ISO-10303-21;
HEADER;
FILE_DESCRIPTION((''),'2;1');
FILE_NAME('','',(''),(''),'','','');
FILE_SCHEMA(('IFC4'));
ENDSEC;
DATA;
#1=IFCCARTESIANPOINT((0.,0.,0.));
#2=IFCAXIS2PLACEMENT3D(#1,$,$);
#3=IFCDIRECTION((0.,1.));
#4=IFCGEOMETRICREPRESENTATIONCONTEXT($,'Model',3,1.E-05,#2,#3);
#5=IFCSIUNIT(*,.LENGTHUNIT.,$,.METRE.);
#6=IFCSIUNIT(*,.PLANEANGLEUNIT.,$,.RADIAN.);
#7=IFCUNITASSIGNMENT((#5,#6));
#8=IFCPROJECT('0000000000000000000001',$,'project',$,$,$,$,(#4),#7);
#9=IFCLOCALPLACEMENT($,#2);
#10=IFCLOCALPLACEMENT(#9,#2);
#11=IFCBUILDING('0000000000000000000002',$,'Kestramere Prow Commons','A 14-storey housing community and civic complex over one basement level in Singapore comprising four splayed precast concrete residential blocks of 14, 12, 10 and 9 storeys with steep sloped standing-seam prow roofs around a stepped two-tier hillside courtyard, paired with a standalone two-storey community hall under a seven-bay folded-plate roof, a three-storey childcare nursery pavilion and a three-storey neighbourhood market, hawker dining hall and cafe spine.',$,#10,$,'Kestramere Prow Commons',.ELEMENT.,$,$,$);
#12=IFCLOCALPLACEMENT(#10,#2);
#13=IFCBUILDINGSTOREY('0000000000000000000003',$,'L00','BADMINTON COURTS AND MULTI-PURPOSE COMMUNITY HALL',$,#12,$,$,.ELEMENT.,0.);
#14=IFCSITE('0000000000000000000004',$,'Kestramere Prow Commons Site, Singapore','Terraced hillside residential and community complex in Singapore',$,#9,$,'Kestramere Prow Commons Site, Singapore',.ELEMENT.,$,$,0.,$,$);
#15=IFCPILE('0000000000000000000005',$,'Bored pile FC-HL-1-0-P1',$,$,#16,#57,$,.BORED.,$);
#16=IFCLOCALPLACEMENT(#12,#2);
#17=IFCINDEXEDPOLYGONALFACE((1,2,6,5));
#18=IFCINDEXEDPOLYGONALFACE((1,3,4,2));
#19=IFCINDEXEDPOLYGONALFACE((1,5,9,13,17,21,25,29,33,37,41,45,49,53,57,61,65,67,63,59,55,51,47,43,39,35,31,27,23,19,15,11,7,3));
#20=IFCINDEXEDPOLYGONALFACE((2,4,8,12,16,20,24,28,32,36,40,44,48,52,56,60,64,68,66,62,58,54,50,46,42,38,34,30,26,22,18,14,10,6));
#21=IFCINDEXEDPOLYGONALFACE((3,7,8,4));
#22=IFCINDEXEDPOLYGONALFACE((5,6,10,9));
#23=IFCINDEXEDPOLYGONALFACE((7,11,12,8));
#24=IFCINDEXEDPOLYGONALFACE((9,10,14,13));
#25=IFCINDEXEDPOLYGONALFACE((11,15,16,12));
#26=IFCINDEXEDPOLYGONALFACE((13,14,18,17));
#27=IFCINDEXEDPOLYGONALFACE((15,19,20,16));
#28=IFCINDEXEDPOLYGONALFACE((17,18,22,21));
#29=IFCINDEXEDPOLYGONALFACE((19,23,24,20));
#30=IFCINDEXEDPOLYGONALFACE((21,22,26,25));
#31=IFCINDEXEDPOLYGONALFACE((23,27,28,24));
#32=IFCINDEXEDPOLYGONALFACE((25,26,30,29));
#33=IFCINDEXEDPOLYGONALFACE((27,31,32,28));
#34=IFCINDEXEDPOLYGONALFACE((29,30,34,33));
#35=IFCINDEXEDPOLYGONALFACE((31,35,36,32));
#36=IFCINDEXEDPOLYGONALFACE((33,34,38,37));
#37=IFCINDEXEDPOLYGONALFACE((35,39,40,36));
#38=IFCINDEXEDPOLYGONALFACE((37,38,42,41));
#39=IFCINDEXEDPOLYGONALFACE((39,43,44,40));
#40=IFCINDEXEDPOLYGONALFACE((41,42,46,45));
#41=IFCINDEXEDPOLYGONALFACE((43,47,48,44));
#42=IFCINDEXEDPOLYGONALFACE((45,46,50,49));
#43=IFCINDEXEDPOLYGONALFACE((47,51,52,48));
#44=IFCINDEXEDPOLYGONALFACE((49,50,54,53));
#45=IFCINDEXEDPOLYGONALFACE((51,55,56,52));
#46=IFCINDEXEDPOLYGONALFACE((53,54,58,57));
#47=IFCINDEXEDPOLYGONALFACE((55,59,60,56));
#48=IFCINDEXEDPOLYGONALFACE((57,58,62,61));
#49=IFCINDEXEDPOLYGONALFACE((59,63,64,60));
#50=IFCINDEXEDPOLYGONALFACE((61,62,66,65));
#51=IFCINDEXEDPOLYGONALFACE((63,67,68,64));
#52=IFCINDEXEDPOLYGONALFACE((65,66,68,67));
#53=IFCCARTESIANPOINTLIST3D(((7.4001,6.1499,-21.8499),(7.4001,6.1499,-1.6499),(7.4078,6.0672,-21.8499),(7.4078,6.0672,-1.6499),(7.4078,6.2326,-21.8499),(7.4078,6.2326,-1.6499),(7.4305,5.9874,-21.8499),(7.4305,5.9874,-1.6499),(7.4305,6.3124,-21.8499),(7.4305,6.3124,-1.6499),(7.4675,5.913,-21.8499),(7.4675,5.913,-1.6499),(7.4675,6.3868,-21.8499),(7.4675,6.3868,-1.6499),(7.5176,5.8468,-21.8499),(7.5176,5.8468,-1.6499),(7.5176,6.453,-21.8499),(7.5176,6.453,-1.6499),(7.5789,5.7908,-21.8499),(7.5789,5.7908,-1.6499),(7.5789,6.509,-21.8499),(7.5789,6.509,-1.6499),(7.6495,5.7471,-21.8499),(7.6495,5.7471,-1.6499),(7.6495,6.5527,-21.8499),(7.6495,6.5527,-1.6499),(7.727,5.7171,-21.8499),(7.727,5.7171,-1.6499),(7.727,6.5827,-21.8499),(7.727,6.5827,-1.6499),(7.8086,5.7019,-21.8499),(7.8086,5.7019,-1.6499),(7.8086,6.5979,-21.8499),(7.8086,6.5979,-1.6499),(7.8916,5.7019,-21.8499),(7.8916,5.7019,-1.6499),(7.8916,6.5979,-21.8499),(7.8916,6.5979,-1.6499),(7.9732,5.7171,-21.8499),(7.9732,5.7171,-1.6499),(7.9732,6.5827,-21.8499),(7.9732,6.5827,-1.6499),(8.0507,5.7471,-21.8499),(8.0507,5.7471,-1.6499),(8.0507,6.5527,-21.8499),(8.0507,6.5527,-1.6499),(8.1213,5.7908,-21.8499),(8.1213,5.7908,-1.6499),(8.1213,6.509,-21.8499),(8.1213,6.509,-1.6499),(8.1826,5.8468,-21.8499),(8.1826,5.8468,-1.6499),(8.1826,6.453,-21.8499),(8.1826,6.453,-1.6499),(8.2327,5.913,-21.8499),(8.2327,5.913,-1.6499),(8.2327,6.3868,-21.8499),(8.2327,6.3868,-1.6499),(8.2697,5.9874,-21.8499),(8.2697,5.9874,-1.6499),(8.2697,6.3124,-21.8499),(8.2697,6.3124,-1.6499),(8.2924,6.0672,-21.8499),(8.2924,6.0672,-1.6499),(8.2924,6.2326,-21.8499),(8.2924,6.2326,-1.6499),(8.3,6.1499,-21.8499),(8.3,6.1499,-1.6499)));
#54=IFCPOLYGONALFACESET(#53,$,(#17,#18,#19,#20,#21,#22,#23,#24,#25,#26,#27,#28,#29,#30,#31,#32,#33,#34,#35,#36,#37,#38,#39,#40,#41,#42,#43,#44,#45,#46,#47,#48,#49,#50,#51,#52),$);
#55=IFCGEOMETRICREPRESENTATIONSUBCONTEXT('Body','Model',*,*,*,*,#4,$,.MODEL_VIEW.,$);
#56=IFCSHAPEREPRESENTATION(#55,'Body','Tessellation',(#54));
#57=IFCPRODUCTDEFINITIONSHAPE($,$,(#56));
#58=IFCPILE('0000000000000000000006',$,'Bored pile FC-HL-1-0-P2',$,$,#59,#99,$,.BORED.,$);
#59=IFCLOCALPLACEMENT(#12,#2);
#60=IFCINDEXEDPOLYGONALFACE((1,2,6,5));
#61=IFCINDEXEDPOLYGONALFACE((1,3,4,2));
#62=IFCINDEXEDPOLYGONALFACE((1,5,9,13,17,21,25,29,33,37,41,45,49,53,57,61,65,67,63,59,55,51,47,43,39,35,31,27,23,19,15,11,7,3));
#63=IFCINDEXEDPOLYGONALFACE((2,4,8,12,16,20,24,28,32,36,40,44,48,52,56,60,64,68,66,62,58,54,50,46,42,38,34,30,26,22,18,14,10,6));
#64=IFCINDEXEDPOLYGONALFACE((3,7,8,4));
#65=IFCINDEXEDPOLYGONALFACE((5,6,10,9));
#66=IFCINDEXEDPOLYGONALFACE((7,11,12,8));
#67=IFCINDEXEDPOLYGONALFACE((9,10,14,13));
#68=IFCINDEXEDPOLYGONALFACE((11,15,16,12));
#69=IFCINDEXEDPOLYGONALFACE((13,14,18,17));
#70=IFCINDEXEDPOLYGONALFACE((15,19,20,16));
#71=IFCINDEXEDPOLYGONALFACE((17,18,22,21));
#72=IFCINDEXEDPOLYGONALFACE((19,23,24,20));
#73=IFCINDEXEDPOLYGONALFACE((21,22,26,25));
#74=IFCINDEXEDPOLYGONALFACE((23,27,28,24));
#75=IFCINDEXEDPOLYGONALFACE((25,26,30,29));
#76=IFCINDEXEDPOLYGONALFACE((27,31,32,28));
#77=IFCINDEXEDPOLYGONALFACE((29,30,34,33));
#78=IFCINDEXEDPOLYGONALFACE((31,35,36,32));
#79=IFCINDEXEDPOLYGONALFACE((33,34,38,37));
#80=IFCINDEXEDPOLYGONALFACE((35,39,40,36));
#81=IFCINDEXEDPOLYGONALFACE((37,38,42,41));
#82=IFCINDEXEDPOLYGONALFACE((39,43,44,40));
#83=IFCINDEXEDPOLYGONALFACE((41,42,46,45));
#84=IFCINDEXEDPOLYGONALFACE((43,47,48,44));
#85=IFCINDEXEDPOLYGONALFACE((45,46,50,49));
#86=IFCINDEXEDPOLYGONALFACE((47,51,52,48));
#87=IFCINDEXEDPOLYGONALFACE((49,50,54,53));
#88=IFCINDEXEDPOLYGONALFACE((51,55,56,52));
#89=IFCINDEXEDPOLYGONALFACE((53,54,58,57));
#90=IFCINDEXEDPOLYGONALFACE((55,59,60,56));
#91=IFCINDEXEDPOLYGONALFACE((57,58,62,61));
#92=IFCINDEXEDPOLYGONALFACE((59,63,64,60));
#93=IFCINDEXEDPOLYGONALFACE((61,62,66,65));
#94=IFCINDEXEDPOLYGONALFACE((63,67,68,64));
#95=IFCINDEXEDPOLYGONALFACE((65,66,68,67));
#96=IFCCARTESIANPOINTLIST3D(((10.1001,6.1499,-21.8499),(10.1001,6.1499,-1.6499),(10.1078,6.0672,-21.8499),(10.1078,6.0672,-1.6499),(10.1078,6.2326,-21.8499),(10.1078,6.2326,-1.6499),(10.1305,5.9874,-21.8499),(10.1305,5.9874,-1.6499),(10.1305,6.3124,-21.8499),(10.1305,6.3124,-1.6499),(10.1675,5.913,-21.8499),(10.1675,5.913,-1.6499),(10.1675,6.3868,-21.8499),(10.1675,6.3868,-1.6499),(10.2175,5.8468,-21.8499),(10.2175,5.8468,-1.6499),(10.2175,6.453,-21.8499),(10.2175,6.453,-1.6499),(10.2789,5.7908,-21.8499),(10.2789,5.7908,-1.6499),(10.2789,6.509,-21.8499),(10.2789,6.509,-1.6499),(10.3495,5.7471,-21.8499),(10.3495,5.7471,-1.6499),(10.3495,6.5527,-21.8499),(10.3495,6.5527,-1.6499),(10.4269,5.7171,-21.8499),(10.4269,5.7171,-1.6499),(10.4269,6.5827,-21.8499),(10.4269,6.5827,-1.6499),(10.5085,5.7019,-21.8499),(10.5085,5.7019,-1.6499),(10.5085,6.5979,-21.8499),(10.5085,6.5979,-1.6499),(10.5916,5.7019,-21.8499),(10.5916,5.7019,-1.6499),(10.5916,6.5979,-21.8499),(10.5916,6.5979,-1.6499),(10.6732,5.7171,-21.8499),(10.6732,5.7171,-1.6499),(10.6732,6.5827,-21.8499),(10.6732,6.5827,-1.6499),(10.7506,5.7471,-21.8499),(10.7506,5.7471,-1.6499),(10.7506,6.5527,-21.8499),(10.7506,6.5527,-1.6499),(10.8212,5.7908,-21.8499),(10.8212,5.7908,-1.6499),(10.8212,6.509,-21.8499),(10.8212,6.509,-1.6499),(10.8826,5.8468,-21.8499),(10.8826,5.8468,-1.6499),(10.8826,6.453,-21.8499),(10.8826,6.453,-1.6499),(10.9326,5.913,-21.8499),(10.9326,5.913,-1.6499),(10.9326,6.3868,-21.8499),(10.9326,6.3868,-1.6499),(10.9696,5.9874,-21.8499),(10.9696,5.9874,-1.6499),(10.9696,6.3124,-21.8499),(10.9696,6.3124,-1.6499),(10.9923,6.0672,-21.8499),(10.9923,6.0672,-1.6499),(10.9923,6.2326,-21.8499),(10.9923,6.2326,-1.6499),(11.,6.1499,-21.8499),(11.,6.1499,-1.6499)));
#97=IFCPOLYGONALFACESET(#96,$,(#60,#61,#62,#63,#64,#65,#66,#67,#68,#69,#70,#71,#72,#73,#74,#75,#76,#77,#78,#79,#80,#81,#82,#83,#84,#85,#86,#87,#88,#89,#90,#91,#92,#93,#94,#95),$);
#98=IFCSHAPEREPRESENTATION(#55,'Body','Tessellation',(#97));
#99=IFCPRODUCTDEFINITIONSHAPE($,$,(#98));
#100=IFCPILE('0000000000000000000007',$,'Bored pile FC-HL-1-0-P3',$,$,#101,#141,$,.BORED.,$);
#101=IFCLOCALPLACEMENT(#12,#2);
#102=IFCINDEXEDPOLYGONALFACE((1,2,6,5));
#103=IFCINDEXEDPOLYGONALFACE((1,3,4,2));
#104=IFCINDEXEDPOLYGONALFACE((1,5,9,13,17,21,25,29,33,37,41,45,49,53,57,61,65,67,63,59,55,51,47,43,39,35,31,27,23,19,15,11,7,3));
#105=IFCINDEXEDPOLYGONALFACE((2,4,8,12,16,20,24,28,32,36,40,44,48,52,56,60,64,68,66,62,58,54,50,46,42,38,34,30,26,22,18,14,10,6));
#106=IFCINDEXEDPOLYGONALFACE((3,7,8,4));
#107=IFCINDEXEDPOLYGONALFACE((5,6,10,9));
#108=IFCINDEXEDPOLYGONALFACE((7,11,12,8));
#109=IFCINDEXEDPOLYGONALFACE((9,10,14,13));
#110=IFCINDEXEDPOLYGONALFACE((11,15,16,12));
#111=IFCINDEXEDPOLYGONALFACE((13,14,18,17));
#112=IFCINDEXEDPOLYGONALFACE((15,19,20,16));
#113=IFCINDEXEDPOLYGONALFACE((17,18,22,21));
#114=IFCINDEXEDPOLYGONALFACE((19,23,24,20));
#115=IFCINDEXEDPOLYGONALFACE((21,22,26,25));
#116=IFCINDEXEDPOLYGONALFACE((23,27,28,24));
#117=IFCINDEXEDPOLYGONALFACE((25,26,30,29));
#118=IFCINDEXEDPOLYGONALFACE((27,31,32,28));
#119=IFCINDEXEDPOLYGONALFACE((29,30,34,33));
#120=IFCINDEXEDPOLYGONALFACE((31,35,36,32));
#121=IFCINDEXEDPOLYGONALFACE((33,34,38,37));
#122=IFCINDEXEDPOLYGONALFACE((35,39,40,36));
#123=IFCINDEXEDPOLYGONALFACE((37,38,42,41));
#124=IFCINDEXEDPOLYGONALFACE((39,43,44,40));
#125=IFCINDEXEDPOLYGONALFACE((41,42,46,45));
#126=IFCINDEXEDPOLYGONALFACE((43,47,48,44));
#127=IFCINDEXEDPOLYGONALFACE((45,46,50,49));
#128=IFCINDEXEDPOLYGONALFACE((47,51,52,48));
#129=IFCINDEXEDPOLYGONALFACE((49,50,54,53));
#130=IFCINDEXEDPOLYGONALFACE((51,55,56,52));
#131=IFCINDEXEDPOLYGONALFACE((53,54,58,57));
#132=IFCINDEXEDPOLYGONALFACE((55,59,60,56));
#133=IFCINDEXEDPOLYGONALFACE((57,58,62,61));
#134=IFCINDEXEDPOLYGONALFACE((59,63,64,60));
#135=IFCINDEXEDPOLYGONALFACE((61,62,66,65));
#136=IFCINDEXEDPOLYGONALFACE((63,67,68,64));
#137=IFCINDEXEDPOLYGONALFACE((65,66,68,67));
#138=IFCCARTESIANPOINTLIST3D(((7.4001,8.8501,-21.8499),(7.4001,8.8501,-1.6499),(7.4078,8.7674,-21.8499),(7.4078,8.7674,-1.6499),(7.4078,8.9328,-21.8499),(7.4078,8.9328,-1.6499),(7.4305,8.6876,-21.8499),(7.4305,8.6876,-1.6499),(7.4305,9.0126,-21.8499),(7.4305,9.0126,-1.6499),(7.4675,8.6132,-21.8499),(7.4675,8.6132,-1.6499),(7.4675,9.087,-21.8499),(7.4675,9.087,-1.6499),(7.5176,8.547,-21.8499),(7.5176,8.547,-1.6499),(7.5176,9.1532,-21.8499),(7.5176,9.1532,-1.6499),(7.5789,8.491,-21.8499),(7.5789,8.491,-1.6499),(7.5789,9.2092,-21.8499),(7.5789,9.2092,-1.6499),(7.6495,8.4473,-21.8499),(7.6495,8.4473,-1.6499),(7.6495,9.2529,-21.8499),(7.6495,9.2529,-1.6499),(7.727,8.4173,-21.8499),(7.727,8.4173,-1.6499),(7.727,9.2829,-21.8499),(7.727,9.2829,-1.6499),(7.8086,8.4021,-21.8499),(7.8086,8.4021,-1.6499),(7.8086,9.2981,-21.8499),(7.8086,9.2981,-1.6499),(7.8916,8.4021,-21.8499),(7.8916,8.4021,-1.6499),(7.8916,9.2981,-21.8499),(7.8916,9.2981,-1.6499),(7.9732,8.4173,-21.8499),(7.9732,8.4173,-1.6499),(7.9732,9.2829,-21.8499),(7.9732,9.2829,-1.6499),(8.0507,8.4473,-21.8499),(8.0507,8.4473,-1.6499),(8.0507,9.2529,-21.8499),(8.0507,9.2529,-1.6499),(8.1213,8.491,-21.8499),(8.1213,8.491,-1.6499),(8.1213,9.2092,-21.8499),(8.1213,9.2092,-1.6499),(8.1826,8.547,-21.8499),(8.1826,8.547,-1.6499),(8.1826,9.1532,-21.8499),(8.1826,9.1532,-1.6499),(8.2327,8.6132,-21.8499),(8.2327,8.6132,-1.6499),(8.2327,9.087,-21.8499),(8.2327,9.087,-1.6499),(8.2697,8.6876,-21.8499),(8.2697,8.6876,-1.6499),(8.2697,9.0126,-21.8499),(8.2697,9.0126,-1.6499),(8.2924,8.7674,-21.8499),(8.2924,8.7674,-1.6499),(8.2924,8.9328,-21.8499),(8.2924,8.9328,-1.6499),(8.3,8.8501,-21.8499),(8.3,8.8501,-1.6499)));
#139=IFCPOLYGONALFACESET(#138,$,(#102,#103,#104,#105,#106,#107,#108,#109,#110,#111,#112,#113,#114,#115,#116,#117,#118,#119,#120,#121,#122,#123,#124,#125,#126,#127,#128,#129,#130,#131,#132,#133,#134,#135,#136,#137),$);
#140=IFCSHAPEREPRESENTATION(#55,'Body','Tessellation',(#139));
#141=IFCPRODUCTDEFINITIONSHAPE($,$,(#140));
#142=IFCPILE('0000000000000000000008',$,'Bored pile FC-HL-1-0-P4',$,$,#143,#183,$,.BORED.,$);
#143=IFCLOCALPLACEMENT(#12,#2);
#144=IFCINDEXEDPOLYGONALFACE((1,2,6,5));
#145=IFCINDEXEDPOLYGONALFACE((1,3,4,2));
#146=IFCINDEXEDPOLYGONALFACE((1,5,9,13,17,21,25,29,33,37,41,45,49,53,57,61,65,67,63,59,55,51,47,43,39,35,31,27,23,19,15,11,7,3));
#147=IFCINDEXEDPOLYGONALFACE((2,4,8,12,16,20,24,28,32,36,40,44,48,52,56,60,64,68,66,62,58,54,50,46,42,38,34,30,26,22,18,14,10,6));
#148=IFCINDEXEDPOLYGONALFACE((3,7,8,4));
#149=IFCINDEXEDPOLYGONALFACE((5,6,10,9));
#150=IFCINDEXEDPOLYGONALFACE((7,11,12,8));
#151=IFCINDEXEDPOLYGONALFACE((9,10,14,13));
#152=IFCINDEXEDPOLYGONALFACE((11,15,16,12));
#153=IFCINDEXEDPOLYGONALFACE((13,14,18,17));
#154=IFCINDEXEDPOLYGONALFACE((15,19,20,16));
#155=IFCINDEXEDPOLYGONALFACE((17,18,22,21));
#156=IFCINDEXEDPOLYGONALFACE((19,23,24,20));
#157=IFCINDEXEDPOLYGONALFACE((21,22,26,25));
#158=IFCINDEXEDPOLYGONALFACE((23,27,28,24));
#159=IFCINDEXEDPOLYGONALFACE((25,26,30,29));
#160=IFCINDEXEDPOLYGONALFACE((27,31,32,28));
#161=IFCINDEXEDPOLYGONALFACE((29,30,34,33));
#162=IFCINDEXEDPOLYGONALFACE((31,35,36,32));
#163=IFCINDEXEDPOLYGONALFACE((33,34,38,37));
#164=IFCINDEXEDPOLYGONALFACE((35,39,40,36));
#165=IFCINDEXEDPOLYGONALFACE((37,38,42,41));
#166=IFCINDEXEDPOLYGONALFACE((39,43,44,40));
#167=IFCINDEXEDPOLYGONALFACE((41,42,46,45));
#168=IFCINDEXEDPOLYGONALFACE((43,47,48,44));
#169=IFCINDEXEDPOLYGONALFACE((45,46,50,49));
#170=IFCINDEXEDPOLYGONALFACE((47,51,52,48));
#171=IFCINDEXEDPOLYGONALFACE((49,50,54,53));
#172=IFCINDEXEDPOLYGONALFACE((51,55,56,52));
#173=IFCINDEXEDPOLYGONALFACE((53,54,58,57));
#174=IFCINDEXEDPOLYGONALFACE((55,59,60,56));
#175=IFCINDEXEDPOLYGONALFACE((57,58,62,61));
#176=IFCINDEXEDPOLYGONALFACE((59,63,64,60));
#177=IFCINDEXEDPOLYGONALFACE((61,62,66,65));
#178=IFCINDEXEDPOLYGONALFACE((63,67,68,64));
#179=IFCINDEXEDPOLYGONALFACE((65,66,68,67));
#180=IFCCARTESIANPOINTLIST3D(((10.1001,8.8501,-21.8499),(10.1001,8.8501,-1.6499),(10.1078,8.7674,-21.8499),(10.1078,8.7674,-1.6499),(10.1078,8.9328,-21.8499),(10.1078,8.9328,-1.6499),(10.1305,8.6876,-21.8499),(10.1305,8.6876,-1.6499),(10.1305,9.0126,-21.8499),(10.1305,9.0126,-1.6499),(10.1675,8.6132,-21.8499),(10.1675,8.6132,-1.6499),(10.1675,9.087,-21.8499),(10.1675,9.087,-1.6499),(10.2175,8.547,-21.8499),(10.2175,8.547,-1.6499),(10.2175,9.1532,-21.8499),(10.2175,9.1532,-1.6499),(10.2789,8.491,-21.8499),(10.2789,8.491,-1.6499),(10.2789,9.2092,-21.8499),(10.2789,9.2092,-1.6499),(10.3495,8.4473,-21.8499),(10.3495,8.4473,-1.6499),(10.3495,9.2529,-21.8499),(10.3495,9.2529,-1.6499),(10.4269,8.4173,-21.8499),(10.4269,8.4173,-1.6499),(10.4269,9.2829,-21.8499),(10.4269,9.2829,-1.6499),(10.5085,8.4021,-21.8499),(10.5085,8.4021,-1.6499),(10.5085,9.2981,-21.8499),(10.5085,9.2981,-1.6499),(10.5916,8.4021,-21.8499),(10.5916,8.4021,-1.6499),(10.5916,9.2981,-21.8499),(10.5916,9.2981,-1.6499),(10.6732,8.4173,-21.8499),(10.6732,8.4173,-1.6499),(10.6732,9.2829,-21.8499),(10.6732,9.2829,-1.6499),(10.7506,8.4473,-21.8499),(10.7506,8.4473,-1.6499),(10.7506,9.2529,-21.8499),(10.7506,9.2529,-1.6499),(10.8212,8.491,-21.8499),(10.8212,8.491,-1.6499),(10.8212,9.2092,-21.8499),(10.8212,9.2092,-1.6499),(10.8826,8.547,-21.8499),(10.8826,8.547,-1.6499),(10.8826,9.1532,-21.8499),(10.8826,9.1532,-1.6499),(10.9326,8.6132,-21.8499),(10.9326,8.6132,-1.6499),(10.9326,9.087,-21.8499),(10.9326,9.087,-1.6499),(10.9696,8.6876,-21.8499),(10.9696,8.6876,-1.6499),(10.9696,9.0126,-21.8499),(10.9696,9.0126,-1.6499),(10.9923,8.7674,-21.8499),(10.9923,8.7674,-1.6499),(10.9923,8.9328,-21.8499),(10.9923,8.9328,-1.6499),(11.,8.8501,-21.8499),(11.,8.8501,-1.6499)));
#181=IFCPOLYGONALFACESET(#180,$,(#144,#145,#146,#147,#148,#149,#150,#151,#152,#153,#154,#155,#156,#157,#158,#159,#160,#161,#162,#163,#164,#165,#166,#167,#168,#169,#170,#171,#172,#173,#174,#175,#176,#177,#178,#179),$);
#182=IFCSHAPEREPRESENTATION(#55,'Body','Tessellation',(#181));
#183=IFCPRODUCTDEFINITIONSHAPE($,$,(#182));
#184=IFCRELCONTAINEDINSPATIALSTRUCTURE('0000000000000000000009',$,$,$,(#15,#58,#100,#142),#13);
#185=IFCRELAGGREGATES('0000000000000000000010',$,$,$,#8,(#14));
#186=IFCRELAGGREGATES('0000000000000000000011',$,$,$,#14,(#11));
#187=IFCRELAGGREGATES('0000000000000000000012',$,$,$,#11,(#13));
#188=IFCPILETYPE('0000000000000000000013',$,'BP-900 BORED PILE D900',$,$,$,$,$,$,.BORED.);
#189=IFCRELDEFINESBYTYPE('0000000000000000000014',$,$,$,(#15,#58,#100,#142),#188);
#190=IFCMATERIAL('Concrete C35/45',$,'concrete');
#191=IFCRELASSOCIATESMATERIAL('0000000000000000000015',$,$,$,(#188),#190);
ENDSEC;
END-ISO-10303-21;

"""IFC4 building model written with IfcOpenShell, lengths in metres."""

from ifc_helpers import new_model, si_unit, direction, frame, origin, origin_2d, place, context, subcontext, project, spatial, circle, extrude, material, material_profile, profile_set, type_object, element, save


model = new_model("IFC4")

# Units and contexts
model_context = context("Model", 3, precision=1e-05, world=origin(), true_north=direction((0.0, 1.0)))
body_context = subcontext(model_context, "Body", "Model", "MODEL_VIEW")
ifc_project = project(units=[si_unit("LENGTHUNIT", "METRE"), si_unit("PLANEANGLEUNIT", "RADIAN")], contexts=[model_context])

# Site, building, storey
site_placement = place(None, origin())
site = spatial("IfcSite", under=ifc_project, at=site_placement, Name="Kestramere Prow Commons Site, Singapore", Description="Terraced hillside residential and community complex in Singapore", LongName="Kestramere Prow Commons Site, Singapore", CompositionType="ELEMENT", RefElevation=0.0)
building_placement = place(site_placement, origin())
building = spatial("IfcBuilding", under=site, at=building_placement, Name="Kestramere Prow Commons", Description="A 14-storey housing community and civic complex over one basement level in Singapore comprising four splayed precast concrete residential blocks of 14, 12, 10 and 9 storeys with steep sloped standing-seam prow roofs around a stepped two-tier hillside courtyard, paired with a standalone two-storey community hall under a seven-bay folded-plate roof, a three-storey childcare nursery pavilion and a three-storey neighbourhood market, hawker dining hall and cafe spine.", LongName="Kestramere Prow Commons", CompositionType="ELEMENT")
storey_placement = place(building_placement, origin())
storey = spatial("IfcBuildingStorey", under=building, at=storey_placement, Name="L00", Description="BADMINTON COURTS AND MULTI-PURPOSE COMMUNITY HALL", CompositionType="ELEMENT", Elevation=0.0)

# Piles
ifc_material_1 = material(Name="Concrete C35/45", Category="concrete")
ifc_material_profile_1 = material_profile(ifc_material_1, circle(Radius=0.45, at=origin_2d()), Name="BORED PILE D900")
ifc_profile_set_1 = profile_set([ifc_material_profile_1], Name="Concrete C35/45")
pile_type = type_object("IfcPileType", Name="BP-900 BORED PILE D900", PredefinedType="BORED", material=ifc_profile_set_1)
for number, where, z_axis, x_axis, name in (
    (1, (7.8501, 6.1499, -1.6499), (0.0, 0.0, -1.0), (1.0, 0.0, 0.0), "Bored pile FC-HL-1-0-P1"),
    (2, (10.55, 6.1499, -1.6499), (0.0, 0.0, -1.0), (1.0, 0.0, 0.0), "Bored pile FC-HL-1-0-P2"),
    (3, (7.8501, 8.8501, -1.6499), (0.0, 0.0, -1.0), (1.0, 0.0, 0.0), "Bored pile FC-HL-1-0-P3"),
    (4, (10.55, 8.8501, -1.6499), (0.0, 0.0, -1.0), (1.0, 0.0, 0.0), "Bored pile FC-HL-1-0-P4"),
):
    element("IfcPile", number, at=place(storey_placement, frame(where, z_axis=z_axis, x_axis=x_axis)), inside=storey, type_object=pile_type, Name=name, PredefinedType="BORED", context=body_context, shape_type="SweptSolid", body=[
        extrude(circle(Radius=0.45, at=origin_2d()), origin(), (0.0, 0.0, 1.0), 20.2),
    ])

save(model, "model.ifc")
